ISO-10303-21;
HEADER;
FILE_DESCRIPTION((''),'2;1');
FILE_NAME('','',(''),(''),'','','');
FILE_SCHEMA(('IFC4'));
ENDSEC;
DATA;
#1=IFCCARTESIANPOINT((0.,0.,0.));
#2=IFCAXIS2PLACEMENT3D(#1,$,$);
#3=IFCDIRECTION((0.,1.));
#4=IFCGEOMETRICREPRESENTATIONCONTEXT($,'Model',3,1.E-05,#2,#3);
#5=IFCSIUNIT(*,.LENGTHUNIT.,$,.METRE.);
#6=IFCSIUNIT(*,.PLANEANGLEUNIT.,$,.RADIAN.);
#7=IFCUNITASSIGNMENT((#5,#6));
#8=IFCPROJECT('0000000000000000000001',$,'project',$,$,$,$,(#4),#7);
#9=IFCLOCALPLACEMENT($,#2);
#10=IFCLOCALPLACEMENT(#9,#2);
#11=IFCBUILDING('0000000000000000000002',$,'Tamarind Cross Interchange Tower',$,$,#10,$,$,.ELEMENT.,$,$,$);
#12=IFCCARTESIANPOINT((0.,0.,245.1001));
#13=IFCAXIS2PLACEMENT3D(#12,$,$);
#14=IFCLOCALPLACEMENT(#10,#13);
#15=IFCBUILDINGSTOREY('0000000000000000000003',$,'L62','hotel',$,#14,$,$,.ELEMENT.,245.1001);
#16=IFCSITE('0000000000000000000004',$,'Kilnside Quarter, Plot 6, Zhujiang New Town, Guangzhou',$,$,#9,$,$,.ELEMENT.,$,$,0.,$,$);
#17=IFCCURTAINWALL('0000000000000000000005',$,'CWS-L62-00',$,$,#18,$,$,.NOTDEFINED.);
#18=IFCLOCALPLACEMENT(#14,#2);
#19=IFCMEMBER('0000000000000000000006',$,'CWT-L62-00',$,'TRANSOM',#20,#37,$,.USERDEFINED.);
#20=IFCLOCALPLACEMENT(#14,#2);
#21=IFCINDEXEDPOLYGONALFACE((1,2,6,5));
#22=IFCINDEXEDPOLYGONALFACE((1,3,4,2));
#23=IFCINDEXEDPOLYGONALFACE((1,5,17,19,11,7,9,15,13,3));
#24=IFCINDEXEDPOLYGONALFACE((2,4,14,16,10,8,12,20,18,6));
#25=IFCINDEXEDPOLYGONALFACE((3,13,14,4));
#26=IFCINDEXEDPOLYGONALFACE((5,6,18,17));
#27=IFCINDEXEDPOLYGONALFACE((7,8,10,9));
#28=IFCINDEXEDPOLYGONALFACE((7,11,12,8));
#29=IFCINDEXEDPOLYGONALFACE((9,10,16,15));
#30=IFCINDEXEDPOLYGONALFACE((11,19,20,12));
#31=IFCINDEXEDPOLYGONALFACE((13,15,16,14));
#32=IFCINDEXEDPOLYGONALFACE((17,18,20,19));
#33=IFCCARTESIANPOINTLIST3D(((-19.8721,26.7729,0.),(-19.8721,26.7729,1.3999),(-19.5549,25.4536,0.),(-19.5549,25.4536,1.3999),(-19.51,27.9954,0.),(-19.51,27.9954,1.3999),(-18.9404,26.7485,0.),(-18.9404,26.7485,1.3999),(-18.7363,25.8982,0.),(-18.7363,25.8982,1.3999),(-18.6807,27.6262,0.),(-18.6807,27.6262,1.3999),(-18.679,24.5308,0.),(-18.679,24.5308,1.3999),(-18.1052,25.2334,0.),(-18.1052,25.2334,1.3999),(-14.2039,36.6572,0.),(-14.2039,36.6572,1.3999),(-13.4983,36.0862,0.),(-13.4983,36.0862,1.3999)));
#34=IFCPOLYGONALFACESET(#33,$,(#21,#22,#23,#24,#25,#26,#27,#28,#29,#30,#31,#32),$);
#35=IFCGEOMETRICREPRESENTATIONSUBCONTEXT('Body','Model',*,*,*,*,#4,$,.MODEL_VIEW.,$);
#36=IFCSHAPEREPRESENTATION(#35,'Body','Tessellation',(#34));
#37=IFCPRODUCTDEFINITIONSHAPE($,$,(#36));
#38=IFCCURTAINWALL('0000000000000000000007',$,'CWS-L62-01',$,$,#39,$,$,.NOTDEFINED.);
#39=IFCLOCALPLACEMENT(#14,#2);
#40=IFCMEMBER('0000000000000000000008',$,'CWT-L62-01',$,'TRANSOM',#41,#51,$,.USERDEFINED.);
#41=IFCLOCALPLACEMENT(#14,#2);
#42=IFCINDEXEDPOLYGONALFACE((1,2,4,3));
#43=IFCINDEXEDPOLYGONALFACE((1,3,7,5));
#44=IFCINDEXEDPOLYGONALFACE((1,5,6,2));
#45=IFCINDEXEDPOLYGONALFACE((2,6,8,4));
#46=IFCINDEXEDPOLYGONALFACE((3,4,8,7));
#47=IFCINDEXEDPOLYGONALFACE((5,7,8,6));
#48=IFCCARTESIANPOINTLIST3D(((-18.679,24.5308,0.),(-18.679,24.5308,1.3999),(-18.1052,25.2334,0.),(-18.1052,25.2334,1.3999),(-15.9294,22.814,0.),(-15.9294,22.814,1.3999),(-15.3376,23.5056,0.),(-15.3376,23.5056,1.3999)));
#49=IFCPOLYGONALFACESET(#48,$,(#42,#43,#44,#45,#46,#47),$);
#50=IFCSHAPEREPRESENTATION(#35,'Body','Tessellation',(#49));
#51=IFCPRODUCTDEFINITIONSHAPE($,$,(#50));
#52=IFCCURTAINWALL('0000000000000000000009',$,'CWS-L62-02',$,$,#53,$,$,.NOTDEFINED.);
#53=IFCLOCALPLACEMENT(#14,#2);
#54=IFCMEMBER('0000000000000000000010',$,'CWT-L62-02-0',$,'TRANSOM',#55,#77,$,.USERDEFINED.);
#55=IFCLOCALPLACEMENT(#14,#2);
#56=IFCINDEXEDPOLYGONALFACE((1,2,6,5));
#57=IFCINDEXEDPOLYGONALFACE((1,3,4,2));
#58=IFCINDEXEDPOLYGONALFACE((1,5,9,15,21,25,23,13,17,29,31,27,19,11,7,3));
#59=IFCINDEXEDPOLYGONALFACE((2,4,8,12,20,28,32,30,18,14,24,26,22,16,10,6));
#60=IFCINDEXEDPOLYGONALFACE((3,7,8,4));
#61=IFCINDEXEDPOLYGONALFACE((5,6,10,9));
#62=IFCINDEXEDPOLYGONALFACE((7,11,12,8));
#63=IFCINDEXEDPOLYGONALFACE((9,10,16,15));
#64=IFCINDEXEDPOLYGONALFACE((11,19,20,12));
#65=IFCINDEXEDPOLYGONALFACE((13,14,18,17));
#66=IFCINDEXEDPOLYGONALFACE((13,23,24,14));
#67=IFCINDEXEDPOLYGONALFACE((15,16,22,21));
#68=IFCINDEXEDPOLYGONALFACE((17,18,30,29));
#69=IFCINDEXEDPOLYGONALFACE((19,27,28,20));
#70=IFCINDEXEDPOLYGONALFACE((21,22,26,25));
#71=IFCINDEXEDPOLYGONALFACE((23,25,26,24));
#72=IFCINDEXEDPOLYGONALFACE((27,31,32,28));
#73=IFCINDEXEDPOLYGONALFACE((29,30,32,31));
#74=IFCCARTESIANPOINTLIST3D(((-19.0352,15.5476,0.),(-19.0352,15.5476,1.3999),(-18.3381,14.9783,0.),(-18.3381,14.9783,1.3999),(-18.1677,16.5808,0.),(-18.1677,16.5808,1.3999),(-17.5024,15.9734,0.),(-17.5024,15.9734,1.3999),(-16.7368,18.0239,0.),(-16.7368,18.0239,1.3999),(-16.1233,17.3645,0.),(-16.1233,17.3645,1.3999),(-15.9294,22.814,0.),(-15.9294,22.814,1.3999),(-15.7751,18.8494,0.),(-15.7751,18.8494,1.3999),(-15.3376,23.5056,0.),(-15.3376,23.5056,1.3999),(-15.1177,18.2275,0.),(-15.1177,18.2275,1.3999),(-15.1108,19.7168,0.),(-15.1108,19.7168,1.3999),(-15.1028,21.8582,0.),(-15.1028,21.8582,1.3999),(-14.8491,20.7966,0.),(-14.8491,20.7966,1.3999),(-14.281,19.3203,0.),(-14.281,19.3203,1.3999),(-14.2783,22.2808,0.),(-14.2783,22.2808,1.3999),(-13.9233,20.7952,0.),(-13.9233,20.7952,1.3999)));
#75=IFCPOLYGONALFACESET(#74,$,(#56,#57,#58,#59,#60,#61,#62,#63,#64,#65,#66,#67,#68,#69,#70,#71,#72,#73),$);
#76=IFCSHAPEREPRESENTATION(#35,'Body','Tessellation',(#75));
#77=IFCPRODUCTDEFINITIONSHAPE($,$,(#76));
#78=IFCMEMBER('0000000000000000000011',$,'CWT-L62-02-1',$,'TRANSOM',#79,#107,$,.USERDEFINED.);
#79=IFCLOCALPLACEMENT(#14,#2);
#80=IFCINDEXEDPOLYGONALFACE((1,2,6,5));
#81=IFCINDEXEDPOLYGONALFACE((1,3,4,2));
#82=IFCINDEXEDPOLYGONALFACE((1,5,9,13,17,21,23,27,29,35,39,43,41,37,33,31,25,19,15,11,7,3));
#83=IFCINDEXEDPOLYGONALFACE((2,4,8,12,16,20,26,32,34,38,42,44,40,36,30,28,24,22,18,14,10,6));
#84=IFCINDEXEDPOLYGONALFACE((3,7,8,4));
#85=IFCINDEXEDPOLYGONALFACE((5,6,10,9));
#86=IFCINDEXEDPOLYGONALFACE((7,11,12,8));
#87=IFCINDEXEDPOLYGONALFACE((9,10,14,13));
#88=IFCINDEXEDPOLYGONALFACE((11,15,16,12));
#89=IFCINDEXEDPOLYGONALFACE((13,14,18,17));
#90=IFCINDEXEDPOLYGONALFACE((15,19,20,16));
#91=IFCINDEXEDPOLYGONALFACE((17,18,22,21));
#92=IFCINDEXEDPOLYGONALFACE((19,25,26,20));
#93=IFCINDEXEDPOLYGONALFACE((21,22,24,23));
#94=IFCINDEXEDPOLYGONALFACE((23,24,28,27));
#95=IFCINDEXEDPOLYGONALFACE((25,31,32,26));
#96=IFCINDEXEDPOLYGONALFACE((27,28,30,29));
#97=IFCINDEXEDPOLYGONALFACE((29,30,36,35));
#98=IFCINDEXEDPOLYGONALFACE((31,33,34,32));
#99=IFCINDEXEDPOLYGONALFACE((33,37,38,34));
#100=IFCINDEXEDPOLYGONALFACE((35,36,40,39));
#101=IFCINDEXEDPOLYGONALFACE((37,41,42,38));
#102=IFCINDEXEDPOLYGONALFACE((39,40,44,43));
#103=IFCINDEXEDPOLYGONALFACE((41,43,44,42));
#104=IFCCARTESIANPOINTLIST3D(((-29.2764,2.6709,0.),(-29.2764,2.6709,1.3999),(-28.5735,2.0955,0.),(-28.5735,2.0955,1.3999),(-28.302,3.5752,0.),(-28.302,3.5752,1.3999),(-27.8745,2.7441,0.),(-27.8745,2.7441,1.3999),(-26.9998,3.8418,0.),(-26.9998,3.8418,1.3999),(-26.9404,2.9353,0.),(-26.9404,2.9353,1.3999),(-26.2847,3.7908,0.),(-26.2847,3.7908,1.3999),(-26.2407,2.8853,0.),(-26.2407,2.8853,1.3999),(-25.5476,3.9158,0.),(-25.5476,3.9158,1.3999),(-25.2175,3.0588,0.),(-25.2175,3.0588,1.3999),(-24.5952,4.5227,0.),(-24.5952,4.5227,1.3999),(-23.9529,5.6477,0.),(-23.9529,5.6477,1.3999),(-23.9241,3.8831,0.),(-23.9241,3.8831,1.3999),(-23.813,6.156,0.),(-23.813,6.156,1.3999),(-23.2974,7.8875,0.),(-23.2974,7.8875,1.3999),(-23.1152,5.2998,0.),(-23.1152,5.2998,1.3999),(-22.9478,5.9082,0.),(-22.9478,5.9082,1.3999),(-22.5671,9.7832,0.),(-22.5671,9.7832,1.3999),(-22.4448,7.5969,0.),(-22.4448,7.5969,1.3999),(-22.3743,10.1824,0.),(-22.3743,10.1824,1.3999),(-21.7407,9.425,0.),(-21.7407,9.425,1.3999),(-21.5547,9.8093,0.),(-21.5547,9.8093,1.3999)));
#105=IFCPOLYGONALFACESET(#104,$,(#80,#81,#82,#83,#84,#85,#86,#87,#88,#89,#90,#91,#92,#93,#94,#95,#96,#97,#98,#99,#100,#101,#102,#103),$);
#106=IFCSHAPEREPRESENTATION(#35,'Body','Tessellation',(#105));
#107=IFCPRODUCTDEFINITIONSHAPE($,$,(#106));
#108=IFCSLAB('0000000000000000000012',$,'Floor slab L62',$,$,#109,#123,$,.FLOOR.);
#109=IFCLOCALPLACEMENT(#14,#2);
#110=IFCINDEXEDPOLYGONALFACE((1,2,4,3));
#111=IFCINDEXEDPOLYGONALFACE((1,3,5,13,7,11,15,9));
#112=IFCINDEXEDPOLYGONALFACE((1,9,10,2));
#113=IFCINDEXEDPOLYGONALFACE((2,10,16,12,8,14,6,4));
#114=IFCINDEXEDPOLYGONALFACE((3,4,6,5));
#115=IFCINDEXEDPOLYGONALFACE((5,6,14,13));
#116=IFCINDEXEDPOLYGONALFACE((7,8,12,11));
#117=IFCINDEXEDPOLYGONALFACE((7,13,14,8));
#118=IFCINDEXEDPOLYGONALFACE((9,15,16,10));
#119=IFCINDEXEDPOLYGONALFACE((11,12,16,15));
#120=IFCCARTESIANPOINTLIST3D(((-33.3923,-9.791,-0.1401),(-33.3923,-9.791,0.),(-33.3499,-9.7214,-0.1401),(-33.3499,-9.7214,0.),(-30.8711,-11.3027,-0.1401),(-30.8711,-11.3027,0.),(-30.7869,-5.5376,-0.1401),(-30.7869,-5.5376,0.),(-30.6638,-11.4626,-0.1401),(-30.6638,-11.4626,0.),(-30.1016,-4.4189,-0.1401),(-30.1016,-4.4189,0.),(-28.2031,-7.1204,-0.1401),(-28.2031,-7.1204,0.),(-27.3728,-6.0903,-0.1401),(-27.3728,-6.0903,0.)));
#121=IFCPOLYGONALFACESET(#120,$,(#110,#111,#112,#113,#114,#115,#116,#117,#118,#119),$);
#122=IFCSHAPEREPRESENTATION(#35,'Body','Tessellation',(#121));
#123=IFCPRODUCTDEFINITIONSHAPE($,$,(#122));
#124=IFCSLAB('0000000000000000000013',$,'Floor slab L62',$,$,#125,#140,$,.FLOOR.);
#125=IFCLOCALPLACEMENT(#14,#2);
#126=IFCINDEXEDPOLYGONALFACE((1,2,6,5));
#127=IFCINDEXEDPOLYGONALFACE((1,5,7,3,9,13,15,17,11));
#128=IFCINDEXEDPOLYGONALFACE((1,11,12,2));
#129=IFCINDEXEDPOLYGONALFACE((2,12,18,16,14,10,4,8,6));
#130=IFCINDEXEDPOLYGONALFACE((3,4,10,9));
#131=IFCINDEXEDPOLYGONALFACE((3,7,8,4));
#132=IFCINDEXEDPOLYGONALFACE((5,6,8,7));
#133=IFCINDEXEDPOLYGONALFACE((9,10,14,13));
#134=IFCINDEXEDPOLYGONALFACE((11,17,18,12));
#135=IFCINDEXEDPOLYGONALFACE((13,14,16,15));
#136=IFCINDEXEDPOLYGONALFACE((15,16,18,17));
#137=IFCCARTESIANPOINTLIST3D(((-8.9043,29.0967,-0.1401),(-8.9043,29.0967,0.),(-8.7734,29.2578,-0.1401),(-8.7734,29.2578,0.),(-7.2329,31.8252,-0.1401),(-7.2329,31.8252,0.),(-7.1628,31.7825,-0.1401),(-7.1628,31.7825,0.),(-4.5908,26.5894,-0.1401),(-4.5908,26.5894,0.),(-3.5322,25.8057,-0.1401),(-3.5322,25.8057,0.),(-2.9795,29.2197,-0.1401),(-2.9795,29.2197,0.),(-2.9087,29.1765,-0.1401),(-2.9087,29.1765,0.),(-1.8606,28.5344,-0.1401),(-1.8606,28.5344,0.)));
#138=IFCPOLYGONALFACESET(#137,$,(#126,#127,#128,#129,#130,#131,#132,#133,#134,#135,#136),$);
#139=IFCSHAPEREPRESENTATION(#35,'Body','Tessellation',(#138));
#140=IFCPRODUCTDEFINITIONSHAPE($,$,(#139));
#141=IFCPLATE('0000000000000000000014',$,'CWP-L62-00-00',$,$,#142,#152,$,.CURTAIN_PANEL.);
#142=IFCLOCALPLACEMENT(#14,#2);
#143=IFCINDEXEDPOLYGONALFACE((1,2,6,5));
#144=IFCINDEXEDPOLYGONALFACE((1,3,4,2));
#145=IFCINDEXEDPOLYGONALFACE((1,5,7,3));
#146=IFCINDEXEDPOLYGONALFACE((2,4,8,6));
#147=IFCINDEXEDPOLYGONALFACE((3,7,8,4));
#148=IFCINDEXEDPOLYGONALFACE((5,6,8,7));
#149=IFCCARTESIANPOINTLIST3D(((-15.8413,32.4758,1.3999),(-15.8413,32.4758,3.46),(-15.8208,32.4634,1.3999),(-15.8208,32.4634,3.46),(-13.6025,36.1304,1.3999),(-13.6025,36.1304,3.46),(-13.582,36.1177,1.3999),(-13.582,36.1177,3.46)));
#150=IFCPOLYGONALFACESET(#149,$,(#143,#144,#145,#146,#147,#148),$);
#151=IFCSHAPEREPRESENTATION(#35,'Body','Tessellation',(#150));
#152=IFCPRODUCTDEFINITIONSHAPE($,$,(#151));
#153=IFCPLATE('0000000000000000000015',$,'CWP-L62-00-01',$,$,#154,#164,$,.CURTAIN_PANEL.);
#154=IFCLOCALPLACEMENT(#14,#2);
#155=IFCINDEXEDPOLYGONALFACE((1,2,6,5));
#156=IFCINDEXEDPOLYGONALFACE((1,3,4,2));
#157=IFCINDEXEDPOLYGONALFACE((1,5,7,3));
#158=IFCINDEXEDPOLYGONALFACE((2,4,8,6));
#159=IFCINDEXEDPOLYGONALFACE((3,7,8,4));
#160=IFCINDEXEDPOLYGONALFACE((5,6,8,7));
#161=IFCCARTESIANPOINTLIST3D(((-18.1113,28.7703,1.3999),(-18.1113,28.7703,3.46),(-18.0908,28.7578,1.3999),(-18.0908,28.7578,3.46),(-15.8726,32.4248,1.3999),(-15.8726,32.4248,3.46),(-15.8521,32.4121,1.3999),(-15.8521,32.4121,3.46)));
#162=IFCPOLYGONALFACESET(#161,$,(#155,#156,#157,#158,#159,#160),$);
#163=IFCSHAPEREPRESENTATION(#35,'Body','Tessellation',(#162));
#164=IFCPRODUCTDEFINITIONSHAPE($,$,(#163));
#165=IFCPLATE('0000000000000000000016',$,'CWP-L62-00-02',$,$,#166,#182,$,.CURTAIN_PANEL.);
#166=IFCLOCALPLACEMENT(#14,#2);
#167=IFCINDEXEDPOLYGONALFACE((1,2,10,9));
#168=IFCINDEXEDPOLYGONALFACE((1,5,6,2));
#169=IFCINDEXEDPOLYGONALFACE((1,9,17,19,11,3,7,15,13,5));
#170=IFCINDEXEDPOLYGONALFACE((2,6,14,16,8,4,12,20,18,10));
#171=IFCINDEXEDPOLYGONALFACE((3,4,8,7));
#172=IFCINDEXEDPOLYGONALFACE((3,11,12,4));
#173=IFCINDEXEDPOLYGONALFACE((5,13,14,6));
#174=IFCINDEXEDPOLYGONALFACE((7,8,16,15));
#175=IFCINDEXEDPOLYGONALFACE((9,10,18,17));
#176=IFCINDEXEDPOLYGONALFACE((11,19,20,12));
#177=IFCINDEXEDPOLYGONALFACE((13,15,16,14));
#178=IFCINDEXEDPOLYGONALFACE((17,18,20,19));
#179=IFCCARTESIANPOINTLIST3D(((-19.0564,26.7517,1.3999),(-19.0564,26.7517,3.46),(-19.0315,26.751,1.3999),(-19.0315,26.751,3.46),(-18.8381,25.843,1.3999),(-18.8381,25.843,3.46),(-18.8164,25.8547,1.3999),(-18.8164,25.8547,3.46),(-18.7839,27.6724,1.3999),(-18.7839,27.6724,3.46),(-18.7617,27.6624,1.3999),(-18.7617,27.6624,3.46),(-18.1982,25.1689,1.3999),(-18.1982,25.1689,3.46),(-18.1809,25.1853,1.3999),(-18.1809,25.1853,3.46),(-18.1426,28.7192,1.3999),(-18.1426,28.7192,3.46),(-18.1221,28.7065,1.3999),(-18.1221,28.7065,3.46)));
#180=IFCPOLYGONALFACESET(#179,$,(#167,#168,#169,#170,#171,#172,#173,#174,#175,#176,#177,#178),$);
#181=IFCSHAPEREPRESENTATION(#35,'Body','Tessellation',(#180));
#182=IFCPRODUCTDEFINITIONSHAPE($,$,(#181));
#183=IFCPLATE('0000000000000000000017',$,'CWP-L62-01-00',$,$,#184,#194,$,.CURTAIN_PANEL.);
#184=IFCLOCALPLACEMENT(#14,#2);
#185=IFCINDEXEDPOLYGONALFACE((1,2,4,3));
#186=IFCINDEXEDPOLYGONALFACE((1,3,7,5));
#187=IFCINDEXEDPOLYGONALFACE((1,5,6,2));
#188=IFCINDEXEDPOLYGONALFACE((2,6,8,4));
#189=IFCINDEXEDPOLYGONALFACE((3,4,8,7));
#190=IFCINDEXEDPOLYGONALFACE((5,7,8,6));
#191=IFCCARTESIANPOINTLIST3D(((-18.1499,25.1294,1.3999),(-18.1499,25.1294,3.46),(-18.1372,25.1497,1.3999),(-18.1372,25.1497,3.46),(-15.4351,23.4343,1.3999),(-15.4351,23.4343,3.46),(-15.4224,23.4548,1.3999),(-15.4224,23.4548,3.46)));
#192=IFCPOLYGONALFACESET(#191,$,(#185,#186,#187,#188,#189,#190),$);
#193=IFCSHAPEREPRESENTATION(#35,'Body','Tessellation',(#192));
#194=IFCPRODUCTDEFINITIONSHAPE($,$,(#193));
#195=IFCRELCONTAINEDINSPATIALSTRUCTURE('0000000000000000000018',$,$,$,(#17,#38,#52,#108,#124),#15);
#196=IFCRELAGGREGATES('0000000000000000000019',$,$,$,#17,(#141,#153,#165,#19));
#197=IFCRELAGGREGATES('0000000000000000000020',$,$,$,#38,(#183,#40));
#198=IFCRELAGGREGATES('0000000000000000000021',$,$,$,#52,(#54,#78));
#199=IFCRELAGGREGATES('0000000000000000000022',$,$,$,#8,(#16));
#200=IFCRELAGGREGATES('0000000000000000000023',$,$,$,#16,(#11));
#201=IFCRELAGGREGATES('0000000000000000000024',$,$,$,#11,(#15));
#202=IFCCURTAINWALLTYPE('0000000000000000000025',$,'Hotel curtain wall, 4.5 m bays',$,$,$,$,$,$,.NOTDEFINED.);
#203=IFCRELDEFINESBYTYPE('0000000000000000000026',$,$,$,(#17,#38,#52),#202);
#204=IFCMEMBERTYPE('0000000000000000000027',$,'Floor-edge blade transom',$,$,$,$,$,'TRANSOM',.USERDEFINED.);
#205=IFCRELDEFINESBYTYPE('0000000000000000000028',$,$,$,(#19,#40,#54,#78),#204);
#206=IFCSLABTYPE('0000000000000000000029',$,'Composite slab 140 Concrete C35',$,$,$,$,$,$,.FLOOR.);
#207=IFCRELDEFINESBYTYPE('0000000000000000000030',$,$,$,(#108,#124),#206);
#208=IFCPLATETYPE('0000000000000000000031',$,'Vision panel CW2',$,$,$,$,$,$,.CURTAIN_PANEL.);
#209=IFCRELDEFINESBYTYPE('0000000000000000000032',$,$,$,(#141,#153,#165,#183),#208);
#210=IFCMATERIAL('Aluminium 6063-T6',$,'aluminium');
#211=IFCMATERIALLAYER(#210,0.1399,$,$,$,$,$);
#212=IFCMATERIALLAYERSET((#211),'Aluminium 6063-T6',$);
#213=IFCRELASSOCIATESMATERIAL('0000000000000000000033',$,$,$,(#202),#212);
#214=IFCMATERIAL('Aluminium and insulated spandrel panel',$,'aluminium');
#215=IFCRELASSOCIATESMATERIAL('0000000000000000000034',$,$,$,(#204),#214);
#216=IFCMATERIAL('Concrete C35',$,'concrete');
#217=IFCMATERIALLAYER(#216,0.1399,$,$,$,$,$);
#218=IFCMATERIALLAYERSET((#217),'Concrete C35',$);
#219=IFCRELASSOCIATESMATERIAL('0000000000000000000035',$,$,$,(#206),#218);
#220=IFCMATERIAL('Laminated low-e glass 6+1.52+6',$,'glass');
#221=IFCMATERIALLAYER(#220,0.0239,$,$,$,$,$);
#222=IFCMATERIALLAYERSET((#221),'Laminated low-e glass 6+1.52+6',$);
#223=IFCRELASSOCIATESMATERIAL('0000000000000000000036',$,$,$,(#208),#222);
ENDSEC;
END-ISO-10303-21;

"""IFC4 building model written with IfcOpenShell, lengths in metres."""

from ifc_helpers import new_model, si_unit, direction, frame, origin, place, context, subcontext, project, spatial, polyline, outline, extrude, material, layer, layer_set, type_object, element, aggregate, save


model = new_model("IFC4")

# Units and contexts
model_context = context("Model", 3, precision=1e-05, world=origin(), true_north=direction((0.0, 1.0)))
body_context = subcontext(model_context, "Body", "Model", "MODEL_VIEW")
ifc_project = project(units=[si_unit("LENGTHUNIT", "METRE"), si_unit("PLANEANGLEUNIT", "RADIAN")], contexts=[model_context])

# Site, building, storey
site_placement = place(None, origin())
site = spatial("IfcSite", under=ifc_project, at=site_placement, Name="Kilnside Quarter, Plot 6, Zhujiang New Town, Guangzhou", CompositionType="ELEMENT", RefElevation=0.0)
building_placement = place(site_placement, origin())
building = spatial("IfcBuilding", under=site, at=building_placement, Name="Tamarind Cross Interchange Tower", CompositionType="ELEMENT")
storey_placement = place(building_placement, frame((0.0, 0.0, 245.1001)))
storey = spatial("IfcBuildingStorey", under=building, at=storey_placement, Name="L62", Description="hotel", CompositionType="ELEMENT", Elevation=245.1001)

# Curtain walls, members
ifc_material_1 = material(Name="Aluminium 6063-T6", Category="aluminium")
ifc_layer_1 = layer(ifc_material_1, 0.1399)
ifc_layer_set_1 = layer_set([ifc_layer_1], Name="Aluminium 6063-T6")
curtain_wall_type = type_object("IfcCurtainWallType", Name="Hotel curtain wall, 4.5 m bays", PredefinedType="NOTDEFINED", material=ifc_layer_set_1)
curtain_wall_1_placement = place(storey_placement, origin())
curtain_wall_1 = element("IfcCurtainWall", 1, at=curtain_wall_1_placement, inside=storey, type_object=curtain_wall_type, Name="CWS-L62-00", PredefinedType="NOTDEFINED")
ifc_material_2 = material(Name="Aluminium and insulated spandrel panel", Category="aluminium")
member_type = type_object("IfcMemberType", Name="Floor-edge blade transom", ElementType="TRANSOM", PredefinedType="USERDEFINED", material=ifc_material_2)
member_1_placement = place(storey_placement, origin())
member_1 = element("IfcMember", 2, at=member_1_placement, type_object=member_type, Name="CWT-L62-00", ObjectType="TRANSOM", PredefinedType="USERDEFINED", context=body_context, shape_type="SweptSolid", body=[
    extrude(outline(polyline([(-13.4983, 36.0862), (-18.6807, 27.6262), (-18.9404, 26.7485), (-18.7363, 25.8982), (-18.1052, 25.2334), (-18.679, 24.5308), (-19.5549, 25.4536), (-19.8721, 26.7729), (-19.51, 27.9954), (-14.2039, 36.6572), (-13.4983, 36.0862)])), origin(), (0.0, 0.0, 1.0), 1.3999),
])
curtain_wall_2_placement = place(storey_placement, origin())
curtain_wall_2 = element("IfcCurtainWall", 3, at=curtain_wall_2_placement, inside=storey, type_object=curtain_wall_type, Name="CWS-L62-01", PredefinedType="NOTDEFINED")
member_2_placement = place(storey_placement, origin())
member_2 = element("IfcMember", 4, at=member_2_placement, type_object=member_type, Name="CWT-L62-01", ObjectType="TRANSOM", PredefinedType="USERDEFINED", context=body_context, shape_type="SweptSolid", body=[
    extrude(outline(polyline([(-18.1052, 25.2334), (-15.3376, 23.5056), (-15.9294, 22.814), (-18.679, 24.5308), (-18.1052, 25.2334)])), origin(), (0.0, 0.0, 1.0), 1.3999),
])

# Curtain wall, members
curtain_wall_3_placement = place(storey_placement, origin())
curtain_wall_3 = element("IfcCurtainWall", 5, at=curtain_wall_3_placement, inside=storey, type_object=curtain_wall_type, Name="CWS-L62-02", PredefinedType="NOTDEFINED")
member_3_placement = place(storey_placement, origin())
member_3 = element("IfcMember", 6, at=member_3_placement, type_object=member_type, Name="CWT-L62-02-0", ObjectType="TRANSOM", PredefinedType="USERDEFINED", context=body_context, shape_type="SweptSolid", body=[
    extrude(outline(polyline([(-15.3376, 23.5056), (-14.2783, 22.2808), (-13.9233, 20.7952), (-14.281, 19.3203), (-15.1177, 18.2275), (-16.1233, 17.3645), (-17.5024, 15.9734), (-18.3381, 14.9783), (-19.0352, 15.5476), (-18.1677, 16.5808), (-16.7368, 18.0239), (-15.7751, 18.8494), (-15.1108, 19.7168), (-14.8491, 20.7966), (-15.1028, 21.8582), (-15.9294, 22.814), (-15.3376, 23.5056)])), origin(), (0.0, 0.0, 1.0), 1.3999),
])
member_4_placement = place(storey_placement, origin())
member_4 = element("IfcMember", 7, at=member_4_placement, type_object=member_type, Name="CWT-L62-02-1", ObjectType="TRANSOM", PredefinedType="USERDEFINED", context=body_context, shape_type="SweptSolid", body=[
    extrude(outline(polyline([(-21.5547, 9.8093), (-21.7407, 9.425), (-22.4448, 7.5969), (-22.9478, 5.9082), (-23.1152, 5.2998), (-23.9241, 3.8831), (-25.2175, 3.0588), (-26.2407, 2.8853), (-26.9404, 2.9353), (-27.8745, 2.7441), (-28.5735, 2.0955), (-29.2764, 2.6709), (-28.302, 3.5752), (-26.9998, 3.8418), (-26.2847, 3.7908), (-25.5476, 3.9158), (-24.5952, 4.5227), (-23.9529, 5.6477), (-23.813, 6.156), (-23.2974, 7.8875), (-22.5671, 9.7832), (-22.3743, 10.1824), (-21.5547, 9.8093)])), origin(), (0.0, 0.0, 1.0), 1.3999),
])

# Slabs
ifc_material_3 = material(Name="Concrete C35", Category="concrete")
ifc_layer_2 = layer(ifc_material_3, 0.1399)
ifc_layer_set_2 = layer_set([ifc_layer_2], Name="Concrete C35")
slab_type = type_object("IfcSlabType", Name="Composite slab 140 Concrete C35", PredefinedType="FLOOR", material=ifc_layer_set_2)
slab_1_placement = place(storey_placement, frame((0.0, 0.0, -0.1401)))
element("IfcSlab", 8, at=slab_1_placement, inside=storey, type_object=slab_type, Name="Floor slab L62", PredefinedType="FLOOR", context=body_context, shape_type="SweptSolid", body=[
    extrude(outline(polyline([(-33.3923, -9.791), (-30.6638, -11.4626), (-27.3728, -6.0903), (-30.1016, -4.4189), (-30.7869, -5.5376), (-28.2031, -7.1204), (-30.8711, -11.3027), (-33.3499, -9.7214), (-33.3923, -9.791)])), origin(), (0.0, 0.0, 1.0), 0.1401),
])
slab_2_placement = place(storey_placement, frame((0.0, 0.0, -0.1401)))
element("IfcSlab", 9, at=slab_2_placement, inside=storey, type_object=slab_type, Name="Floor slab L62", PredefinedType="FLOOR", context=body_context, shape_type="SweptSolid", body=[
    extrude(outline(polyline([(-7.2329, 31.8252), (-8.9043, 29.0967), (-3.5322, 25.8057), (-1.8606, 28.5344), (-2.9087, 29.1765), (-2.9795, 29.2197), (-4.5908, 26.5894), (-8.7734, 29.2578), (-7.1628, 31.7825), (-7.2329, 31.8252)])), origin(), (0.0, 0.0, 1.0), 0.1401),
])

# Plates
ifc_material_4 = material(Name="Laminated low-e glass 6+1.52+6", Category="glass")
ifc_layer_3 = layer(ifc_material_4, 0.0239)
ifc_layer_set_3 = layer_set([ifc_layer_3], Name="Laminated low-e glass 6+1.52+6")
plate_type = type_object("IfcPlateType", Name="Vision panel CW2", PredefinedType="CURTAIN_PANEL", material=ifc_layer_set_3)
plate_1_placement = place(storey_placement, frame((0.0, 0.0, 1.3999)))
plate_1 = element("IfcPlate", 10, at=plate_1_placement, type_object=plate_type, Name="CWP-L62-00-00", PredefinedType="CURTAIN_PANEL", context=body_context, shape_type="SweptSolid", body=[
    extrude(outline(polyline([(-13.582, 36.1177), (-15.8208, 32.4634), (-15.8413, 32.4758), (-13.6025, 36.1304), (-13.582, 36.1177)])), origin(), (0.0, 0.0, 1.0), 2.0601),
])
plate_2_placement = place(storey_placement, frame((0.0, 0.0, 1.3999)))
plate_2 = element("IfcPlate", 11, at=plate_2_placement, type_object=plate_type, Name="CWP-L62-00-01", PredefinedType="CURTAIN_PANEL", context=body_context, shape_type="SweptSolid", body=[
    extrude(outline(polyline([(-15.8521, 32.4121), (-18.0908, 28.7578), (-18.1113, 28.7703), (-15.8726, 32.4248), (-15.8521, 32.4121)])), origin(), (0.0, 0.0, 1.0), 2.0601),
])
plate_3_placement = place(storey_placement, frame((0.0, 0.0, 1.3999)))
plate_3 = element("IfcPlate", 12, at=plate_3_placement, type_object=plate_type, Name="CWP-L62-00-02", PredefinedType="CURTAIN_PANEL", context=body_context, shape_type="SweptSolid", body=[
    extrude(outline(polyline([(-18.1221, 28.7065), (-18.7617, 27.6624), (-19.0315, 26.751), (-18.8164, 25.8547), (-18.1809, 25.1853), (-18.1982, 25.1689), (-18.8381, 25.843), (-19.0564, 26.7517), (-18.7839, 27.6724), (-18.1426, 28.7192), (-18.1221, 28.7065)])), origin(), (0.0, 0.0, 1.0), 2.0601),
])
aggregate(curtain_wall_1, [plate_1, plate_2, plate_3, member_1])
plate_4_placement = place(storey_placement, frame((0.0, 0.0, 1.3999)))
plate_4 = element("IfcPlate", 13, at=plate_4_placement, type_object=plate_type, Name="CWP-L62-01-00", PredefinedType="CURTAIN_PANEL", context=body_context, shape_type="SweptSolid", body=[
    extrude(outline(polyline([(-18.1372, 25.1497), (-15.4224, 23.4548), (-15.4351, 23.4343), (-18.1499, 25.1294), (-18.1372, 25.1497)])), origin(), (0.0, 0.0, 1.0), 2.0601),
])
aggregate(curtain_wall_2, [plate_4, member_2])
aggregate(curtain_wall_3, [member_3, member_4])

save(model, "model.ifc")
